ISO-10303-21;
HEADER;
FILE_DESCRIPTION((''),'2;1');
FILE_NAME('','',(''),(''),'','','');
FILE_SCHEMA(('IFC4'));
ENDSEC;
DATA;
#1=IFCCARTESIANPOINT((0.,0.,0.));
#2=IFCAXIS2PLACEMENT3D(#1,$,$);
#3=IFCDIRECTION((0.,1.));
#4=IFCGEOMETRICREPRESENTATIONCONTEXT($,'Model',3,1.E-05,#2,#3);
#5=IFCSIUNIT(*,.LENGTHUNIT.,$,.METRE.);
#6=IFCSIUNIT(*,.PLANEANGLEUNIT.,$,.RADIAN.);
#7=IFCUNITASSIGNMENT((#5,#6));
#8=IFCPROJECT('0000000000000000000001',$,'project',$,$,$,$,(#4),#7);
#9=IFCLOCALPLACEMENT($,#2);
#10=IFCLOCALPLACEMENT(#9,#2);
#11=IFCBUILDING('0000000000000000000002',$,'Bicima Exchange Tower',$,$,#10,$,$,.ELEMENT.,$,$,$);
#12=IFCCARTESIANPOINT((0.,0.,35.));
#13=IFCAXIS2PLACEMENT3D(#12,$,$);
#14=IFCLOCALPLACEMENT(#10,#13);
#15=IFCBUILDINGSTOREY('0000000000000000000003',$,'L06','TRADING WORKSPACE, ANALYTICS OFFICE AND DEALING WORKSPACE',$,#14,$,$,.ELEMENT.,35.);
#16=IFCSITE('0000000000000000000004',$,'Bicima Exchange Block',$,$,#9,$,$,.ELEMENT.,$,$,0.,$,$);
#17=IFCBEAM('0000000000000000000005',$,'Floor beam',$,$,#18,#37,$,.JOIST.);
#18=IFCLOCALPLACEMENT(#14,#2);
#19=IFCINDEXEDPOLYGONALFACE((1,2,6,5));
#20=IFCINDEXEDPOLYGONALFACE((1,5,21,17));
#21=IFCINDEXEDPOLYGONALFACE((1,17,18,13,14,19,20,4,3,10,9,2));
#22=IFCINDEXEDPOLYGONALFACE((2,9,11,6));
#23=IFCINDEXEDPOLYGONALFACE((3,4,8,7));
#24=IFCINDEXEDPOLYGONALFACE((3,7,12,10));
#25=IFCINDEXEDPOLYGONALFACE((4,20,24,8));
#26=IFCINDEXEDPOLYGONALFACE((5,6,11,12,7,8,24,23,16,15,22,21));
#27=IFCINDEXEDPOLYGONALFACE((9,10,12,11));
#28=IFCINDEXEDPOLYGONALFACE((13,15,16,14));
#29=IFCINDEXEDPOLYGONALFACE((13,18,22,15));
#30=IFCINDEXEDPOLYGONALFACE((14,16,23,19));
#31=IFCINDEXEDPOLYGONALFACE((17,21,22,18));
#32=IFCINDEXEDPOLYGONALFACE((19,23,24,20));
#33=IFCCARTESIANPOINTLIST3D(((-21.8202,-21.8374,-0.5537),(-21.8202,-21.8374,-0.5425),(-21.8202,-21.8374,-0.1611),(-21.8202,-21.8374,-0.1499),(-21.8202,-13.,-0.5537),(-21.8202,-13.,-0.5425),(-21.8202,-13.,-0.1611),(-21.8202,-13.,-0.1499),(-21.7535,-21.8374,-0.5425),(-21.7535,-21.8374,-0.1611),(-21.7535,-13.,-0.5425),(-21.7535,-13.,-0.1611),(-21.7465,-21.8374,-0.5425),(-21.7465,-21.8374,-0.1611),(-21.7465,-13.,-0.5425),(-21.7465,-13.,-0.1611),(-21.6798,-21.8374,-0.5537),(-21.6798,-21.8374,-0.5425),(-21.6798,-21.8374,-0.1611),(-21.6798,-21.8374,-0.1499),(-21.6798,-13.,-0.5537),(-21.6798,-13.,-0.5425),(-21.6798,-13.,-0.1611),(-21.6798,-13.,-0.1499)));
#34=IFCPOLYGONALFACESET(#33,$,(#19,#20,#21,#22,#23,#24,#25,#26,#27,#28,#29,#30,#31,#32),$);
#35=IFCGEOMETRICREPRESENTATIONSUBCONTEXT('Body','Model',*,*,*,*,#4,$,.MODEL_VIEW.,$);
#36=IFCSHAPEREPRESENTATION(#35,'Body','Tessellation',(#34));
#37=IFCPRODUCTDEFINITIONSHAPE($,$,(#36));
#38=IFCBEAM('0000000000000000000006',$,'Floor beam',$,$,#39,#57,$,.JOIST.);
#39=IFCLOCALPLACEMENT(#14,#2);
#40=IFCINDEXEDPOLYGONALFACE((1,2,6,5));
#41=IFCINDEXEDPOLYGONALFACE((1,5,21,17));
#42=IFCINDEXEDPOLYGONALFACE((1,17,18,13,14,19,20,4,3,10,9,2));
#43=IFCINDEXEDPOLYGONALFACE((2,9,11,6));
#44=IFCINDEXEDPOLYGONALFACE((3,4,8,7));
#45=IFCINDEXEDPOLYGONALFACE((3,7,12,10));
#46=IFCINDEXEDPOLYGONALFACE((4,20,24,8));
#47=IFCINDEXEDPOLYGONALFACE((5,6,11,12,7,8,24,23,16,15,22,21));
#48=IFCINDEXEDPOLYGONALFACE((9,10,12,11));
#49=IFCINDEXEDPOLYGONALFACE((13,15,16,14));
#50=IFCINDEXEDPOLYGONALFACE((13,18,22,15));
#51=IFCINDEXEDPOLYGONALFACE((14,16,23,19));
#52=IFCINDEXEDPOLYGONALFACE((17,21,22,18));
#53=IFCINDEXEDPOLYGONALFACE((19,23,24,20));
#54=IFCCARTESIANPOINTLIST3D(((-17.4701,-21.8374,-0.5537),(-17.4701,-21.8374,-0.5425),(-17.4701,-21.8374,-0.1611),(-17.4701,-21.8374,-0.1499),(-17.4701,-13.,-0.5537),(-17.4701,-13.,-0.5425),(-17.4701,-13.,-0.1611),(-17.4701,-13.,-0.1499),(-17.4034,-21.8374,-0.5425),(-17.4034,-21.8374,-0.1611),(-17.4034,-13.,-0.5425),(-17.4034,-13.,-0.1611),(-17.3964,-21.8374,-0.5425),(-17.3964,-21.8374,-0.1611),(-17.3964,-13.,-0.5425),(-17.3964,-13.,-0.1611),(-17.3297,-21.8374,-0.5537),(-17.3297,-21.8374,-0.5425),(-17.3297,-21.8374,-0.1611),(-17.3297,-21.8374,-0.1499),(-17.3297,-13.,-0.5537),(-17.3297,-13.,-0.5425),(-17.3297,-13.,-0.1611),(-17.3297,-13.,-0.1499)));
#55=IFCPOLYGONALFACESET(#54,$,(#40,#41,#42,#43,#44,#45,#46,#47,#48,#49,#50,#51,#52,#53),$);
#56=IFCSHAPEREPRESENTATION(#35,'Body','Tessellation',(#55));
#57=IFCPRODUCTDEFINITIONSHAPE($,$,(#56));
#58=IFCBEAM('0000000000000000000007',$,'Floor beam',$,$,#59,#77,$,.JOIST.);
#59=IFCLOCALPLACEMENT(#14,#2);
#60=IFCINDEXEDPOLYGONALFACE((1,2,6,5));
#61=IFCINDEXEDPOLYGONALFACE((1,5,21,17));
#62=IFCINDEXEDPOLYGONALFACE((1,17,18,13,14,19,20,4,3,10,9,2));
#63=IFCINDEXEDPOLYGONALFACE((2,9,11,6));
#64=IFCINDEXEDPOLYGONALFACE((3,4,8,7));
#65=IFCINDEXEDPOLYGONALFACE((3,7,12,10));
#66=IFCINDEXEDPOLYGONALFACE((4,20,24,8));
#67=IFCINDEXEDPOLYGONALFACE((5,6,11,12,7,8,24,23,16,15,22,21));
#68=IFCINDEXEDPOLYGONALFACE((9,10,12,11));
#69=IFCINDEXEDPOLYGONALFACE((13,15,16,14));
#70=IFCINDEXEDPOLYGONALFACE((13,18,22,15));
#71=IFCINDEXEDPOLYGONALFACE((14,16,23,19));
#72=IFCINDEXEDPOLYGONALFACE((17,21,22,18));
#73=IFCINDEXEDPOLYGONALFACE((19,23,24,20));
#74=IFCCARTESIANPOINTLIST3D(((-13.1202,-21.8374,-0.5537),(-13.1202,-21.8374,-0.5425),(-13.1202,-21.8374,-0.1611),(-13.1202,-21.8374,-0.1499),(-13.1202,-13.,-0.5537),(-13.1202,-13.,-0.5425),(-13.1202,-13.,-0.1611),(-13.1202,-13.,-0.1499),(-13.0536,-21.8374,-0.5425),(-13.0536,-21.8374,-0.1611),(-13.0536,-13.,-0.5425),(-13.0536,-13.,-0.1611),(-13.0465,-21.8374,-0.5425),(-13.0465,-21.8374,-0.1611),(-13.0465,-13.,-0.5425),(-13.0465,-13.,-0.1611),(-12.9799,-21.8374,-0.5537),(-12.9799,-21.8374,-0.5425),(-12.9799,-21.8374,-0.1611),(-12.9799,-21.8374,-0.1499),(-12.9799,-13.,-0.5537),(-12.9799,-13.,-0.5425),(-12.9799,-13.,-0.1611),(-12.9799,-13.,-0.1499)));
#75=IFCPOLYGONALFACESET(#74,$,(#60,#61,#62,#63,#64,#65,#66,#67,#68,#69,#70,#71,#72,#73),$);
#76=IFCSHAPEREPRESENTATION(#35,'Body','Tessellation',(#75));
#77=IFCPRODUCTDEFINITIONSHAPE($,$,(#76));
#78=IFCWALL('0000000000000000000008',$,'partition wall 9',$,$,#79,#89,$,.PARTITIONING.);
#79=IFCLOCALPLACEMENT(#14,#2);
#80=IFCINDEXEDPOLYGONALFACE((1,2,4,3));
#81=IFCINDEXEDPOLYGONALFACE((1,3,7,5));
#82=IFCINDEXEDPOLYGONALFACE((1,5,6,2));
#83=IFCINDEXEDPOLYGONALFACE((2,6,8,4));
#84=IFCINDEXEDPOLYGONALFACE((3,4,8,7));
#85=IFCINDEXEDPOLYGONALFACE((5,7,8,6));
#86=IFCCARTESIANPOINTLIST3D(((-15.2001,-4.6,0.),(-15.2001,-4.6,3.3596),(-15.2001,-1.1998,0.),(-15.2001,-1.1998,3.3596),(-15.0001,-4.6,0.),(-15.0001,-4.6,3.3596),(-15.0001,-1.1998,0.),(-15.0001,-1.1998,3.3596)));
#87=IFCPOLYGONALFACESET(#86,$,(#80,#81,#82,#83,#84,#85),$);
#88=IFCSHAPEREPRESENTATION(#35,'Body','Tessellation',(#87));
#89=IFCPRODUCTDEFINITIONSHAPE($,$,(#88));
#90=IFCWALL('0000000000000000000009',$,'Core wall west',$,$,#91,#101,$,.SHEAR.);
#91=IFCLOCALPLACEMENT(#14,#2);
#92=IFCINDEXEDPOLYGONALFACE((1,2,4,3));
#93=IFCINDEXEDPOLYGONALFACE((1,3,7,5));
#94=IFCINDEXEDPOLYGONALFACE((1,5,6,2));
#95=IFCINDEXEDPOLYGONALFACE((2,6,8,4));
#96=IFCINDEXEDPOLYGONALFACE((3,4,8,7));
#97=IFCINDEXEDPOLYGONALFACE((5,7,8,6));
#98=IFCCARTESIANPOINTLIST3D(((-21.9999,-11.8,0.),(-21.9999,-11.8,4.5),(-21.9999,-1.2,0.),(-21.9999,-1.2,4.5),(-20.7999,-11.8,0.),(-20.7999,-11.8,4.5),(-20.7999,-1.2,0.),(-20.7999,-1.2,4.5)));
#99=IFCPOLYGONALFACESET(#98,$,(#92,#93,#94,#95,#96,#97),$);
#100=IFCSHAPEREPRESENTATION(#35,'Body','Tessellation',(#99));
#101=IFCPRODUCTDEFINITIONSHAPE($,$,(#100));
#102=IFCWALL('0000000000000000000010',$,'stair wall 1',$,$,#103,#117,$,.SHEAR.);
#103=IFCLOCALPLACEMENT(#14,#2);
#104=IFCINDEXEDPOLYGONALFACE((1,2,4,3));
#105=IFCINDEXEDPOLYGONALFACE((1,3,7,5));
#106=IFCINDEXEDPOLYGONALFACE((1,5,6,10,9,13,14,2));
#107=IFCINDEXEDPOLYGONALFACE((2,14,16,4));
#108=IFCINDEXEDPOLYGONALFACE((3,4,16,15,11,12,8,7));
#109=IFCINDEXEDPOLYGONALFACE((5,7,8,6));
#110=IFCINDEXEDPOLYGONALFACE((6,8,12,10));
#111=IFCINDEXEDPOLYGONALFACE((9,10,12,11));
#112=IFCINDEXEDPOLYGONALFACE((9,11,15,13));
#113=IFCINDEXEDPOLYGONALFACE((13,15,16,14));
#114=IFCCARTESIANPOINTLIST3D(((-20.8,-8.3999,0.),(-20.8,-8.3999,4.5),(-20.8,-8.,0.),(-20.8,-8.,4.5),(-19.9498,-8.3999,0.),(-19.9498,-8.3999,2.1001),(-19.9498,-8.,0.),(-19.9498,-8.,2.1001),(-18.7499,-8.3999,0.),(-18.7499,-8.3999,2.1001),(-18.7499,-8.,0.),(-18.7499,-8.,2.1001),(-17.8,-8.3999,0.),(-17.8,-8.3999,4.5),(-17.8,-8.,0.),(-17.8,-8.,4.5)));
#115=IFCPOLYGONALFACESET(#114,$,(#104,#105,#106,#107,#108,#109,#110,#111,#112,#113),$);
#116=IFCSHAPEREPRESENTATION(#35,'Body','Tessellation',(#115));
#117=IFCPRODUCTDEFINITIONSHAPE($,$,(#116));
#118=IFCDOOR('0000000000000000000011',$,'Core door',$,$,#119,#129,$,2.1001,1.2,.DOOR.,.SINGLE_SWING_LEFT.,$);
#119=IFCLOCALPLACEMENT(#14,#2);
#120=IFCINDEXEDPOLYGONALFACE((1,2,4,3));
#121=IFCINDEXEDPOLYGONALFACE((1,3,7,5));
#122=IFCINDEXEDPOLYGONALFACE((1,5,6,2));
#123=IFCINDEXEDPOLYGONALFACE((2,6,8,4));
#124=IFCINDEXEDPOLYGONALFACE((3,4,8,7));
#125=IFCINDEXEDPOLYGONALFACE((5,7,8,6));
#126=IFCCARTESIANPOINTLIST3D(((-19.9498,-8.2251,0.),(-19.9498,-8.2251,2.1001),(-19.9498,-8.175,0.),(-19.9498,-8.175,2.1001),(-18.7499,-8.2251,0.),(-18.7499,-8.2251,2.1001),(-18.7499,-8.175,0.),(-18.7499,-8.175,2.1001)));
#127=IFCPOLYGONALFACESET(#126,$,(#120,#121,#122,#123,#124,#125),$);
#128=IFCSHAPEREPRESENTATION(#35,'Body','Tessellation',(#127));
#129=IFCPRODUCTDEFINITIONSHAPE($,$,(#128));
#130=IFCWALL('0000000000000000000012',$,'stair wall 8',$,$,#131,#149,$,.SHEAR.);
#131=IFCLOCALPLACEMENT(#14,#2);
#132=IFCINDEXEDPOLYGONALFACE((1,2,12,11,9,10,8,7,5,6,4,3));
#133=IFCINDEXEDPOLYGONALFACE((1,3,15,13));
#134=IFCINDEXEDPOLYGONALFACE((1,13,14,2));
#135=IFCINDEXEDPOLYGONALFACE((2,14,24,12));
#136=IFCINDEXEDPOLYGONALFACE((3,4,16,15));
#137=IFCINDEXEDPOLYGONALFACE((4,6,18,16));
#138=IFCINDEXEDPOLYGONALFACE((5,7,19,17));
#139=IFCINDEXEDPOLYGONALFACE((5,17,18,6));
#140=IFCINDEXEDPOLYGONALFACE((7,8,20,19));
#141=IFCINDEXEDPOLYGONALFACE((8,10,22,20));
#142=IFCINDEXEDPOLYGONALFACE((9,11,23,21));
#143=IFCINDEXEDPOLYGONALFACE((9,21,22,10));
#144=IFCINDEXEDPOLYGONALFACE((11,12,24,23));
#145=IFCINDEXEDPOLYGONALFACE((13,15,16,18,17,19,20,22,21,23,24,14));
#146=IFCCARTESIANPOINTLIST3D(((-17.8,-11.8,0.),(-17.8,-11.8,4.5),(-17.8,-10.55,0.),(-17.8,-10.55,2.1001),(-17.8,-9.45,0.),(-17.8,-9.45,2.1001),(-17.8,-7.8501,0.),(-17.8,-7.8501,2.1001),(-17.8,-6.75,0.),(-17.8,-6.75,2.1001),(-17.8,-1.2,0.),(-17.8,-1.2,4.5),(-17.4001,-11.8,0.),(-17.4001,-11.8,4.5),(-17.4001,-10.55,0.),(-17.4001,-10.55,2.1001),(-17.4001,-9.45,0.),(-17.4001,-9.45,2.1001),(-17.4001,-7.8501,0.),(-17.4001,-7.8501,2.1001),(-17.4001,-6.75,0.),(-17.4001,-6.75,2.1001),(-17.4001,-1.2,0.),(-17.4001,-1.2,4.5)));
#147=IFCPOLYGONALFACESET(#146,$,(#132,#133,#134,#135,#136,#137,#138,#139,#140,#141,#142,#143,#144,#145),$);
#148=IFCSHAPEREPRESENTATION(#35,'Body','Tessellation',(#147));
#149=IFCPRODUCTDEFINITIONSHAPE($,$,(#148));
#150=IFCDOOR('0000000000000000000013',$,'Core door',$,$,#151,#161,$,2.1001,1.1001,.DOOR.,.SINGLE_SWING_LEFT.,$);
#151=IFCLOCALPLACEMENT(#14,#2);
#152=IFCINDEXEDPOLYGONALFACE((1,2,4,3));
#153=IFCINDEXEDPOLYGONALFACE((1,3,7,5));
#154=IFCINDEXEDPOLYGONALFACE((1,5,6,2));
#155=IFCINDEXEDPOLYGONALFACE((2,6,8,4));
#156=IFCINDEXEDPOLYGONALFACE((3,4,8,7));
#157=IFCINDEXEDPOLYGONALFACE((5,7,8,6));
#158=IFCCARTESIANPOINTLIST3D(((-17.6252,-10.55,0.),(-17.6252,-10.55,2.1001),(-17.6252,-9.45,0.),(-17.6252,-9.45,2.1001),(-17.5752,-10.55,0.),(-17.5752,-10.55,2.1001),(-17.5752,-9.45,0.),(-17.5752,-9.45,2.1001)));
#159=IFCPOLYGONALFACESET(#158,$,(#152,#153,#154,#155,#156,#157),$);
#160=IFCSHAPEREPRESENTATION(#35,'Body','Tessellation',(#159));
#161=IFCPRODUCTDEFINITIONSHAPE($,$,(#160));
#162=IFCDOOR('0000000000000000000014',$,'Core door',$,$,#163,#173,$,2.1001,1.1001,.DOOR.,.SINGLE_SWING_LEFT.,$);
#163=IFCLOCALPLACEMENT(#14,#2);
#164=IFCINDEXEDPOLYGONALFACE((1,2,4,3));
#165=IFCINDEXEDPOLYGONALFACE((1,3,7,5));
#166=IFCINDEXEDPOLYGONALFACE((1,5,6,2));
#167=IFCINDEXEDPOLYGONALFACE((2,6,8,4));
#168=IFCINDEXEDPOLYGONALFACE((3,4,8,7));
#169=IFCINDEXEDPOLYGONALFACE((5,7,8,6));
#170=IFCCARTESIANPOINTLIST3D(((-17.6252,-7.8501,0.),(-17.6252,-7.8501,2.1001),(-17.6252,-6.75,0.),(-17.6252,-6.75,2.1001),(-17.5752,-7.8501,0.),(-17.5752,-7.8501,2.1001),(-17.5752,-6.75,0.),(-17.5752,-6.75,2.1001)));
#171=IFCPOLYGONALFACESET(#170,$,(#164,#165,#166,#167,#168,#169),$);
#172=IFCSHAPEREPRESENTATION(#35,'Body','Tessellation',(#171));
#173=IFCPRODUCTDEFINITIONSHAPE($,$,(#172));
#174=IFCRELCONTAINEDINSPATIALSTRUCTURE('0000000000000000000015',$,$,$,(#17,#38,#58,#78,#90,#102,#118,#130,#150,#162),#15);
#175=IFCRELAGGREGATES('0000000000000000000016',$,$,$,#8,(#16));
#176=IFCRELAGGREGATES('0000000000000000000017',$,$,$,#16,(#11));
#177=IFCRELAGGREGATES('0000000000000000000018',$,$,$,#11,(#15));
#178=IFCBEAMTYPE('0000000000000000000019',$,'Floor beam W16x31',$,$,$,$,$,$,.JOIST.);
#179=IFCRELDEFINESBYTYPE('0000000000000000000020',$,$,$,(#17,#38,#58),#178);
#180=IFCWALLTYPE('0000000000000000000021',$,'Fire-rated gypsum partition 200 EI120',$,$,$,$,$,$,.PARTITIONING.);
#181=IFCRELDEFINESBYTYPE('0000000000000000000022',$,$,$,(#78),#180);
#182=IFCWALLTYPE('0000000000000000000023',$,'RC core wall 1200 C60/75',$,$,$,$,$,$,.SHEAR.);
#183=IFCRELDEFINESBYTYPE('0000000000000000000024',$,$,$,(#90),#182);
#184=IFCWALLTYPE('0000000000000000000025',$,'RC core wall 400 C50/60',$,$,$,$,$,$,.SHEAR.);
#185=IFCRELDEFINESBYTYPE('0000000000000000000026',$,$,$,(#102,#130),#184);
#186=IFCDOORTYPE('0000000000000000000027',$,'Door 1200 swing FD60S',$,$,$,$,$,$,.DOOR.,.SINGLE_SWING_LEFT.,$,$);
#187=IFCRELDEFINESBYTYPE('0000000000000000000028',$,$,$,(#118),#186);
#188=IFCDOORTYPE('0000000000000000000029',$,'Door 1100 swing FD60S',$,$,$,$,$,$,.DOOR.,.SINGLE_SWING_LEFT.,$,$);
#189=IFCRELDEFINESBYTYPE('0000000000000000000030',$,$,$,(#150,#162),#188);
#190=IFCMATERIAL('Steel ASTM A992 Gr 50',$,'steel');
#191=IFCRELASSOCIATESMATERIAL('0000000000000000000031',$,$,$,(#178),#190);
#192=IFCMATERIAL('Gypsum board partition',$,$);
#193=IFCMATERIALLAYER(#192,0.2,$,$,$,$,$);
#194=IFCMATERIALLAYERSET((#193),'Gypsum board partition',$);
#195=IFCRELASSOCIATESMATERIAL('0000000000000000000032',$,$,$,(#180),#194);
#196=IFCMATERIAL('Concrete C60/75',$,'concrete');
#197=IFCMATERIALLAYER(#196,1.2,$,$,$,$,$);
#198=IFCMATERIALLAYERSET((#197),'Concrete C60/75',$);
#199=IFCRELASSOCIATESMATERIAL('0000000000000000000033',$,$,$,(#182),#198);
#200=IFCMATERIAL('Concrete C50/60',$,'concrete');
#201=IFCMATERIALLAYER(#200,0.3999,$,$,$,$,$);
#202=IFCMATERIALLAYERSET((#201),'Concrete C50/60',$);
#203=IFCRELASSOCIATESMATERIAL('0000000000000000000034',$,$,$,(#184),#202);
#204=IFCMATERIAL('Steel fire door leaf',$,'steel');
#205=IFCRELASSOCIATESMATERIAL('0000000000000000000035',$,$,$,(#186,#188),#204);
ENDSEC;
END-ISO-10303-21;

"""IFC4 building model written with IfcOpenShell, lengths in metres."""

from ifc_helpers import new_model, si_unit, direction, frame, frame_2d, origin, origin_2d, place, context, subcontext, project, spatial, rectangle, i_section, extrude, material, layer, layer_set, material_profile, profile_set, type_object, element, fill, save


model = new_model("IFC4")

# Units and contexts
model_context = context("Model", 3, precision=1e-05, world=origin(), true_north=direction((0.0, 1.0)))
body_context = subcontext(model_context, "Body", "Model", "MODEL_VIEW")
ifc_project = project(units=[si_unit("LENGTHUNIT", "METRE"), si_unit("PLANEANGLEUNIT", "RADIAN")], contexts=[model_context])

# Site, building, storey
site_placement = place(None, origin())
site = spatial("IfcSite", under=ifc_project, at=site_placement, Name="Bicima Exchange Block", CompositionType="ELEMENT", RefElevation=0.0)
building_placement = place(site_placement, origin())
building = spatial("IfcBuilding", under=site, at=building_placement, Name="Bicima Exchange Tower", CompositionType="ELEMENT")
storey_placement = place(building_placement, frame((0.0, 0.0, 35.0)))
storey = spatial("IfcBuildingStorey", under=building, at=storey_placement, Name="L06", Description="TRADING WORKSPACE, ANALYTICS OFFICE AND DEALING WORKSPACE", CompositionType="ELEMENT", Elevation=35.0)

# Beams
ifc_material_1 = material(Name="Steel ASTM A992 Gr 50", Category="steel")
ifc_material_profile = material_profile(ifc_material_1, i_section(OverallWidth=0.1404, OverallDepth=0.4038, WebThickness=0.0071, FlangeThickness=0.0112, at=origin_2d()))
ifc_profile_set = profile_set([ifc_material_profile], Name="Steel ASTM A992 Gr 50")
beam_type = type_object("IfcBeamType", Name="Floor beam W16x31", PredefinedType="JOIST", material=ifc_profile_set)
for number, where, z_axis, x_axis, name in (
    (1, (-21.75, -13.0, -0.3518), (0.0, -1.0, 0.0), (1.0, 0.0, 0.0), "Floor beam"),
    (2, (-17.3999, -13.0, -0.3518), (0.0, -1.0, 0.0), (1.0, 0.0, 0.0), "Floor beam"),
    (3, (-13.05, -13.0, -0.3518), (0.0, -1.0, 0.0), (1.0, 0.0, 0.0), "Floor beam"),
):
    element("IfcBeam", number, at=place(storey_placement, frame(where, z_axis=z_axis, x_axis=x_axis)), inside=storey, type_object=beam_type, Name=name, PredefinedType="JOIST", context=body_context, shape_type="SweptSolid", body=[
        extrude(i_section(OverallWidth=0.1404, OverallDepth=0.4038, WebThickness=0.0071, FlangeThickness=0.0112, at=origin_2d()), origin(), (0.0, 0.0, 1.0), 8.8374),
    ])

# Walls
ifc_material_2 = material(Name="Gypsum board partition")
ifc_layer_1 = layer(ifc_material_2, 0.2)
ifc_layer_set_1 = layer_set([ifc_layer_1], Name="Gypsum board partition")
wall_type_1 = type_object("IfcWallType", Name="Fire-rated gypsum partition 200 EI120", PredefinedType="PARTITIONING", material=ifc_layer_set_1)
wall_1_placement = place(storey_placement, frame((-15.1001, -4.6001, 0.0), z_axis=(0.0, 0.0, 1.0), x_axis=(0.0, 1.0, 0.0)))
element("IfcWall", 4, at=wall_1_placement, inside=storey, type_object=wall_type_1, Name="partition wall 9", PredefinedType="PARTITIONING", context=body_context, shape_type="SweptSolid", body=[
    extrude(rectangle(XDim=3.4001, YDim=0.2, at=frame_2d((1.7002, 0.0))), origin(), (0.0, 0.0, 1.0), 3.3596),
])
ifc_material_3 = material(Name="Concrete C60/75", Category="concrete")
ifc_layer_2 = layer(ifc_material_3, 1.2)
ifc_layer_set_2 = layer_set([ifc_layer_2], Name="Concrete C60/75")
wall_type_2 = type_object("IfcWallType", Name="RC core wall 1200 C60/75", PredefinedType="SHEAR", material=ifc_layer_set_2)
wall_2_placement = place(storey_placement, frame((-21.3999, -11.8, 0.0), z_axis=(0.0, 0.0, 1.0), x_axis=(0.0, 1.0, 0.0)))
element("IfcWall", 5, at=wall_2_placement, inside=storey, type_object=wall_type_2, Name="Core wall west", PredefinedType="SHEAR", context=body_context, shape_type="SweptSolid", body=[
    extrude(rectangle(XDim=10.6001, YDim=1.2, at=frame_2d((5.3, 0.0))), origin(), (0.0, 0.0, 1.0), 4.5),
])

# Wall, opening, door
ifc_material_4 = material(Name="Concrete C50/60", Category="concrete")
ifc_layer_3 = layer(ifc_material_4, 0.3999)
ifc_layer_set_3 = layer_set([ifc_layer_3], Name="Concrete C50/60")
wall_type_3 = type_object("IfcWallType", Name="RC core wall 400 C50/60", PredefinedType="SHEAR", material=ifc_layer_set_3)
wall_3_placement = place(storey_placement, frame((-20.8, -8.2, 0.0), z_axis=(0.0, 0.0, 1.0), x_axis=(1.0, 0.0, 0.0)))
wall_3 = element("IfcWall", 6, at=wall_3_placement, inside=storey, type_object=wall_type_3, Name="stair wall 1", PredefinedType="SHEAR", context=body_context, shape_type="SweptSolid", body=[
    extrude(rectangle(XDim=3.0, YDim=0.3999, at=frame_2d((1.5, 0.0))), origin(), (0.0, 0.0, 1.0), 4.5),
])
opening_1_placement = place(wall_3_placement, frame((0.8501, 0.0, 0.0)))
opening_1 = element("IfcOpeningElement", 7, at=opening_1_placement, cuts=wall_3, PredefinedType="OPENING", context=body_context, shape_type="SweptSolid", body=[
    extrude(rectangle(XDim=1.2, YDim=2.1001, at=frame_2d((0.6001, 1.05))), frame((0.0, 0.2119, 0.0), z_axis=(0.0, -1.0, 0.0), x_axis=(1.0, 0.0, 0.0)), (0.0, 0.0, 1.0), 0.4238),
])
ifc_material_5 = material(Name="Steel fire door leaf", Category="steel")
door_type_1 = type_object("IfcDoorType", Name="Door 1200 swing FD60S", OperationType="SINGLE_SWING_LEFT", PredefinedType="DOOR", material=ifc_material_5)
door_1_placement = place(opening_1_placement, origin())
door_1 = element("IfcDoor", 8, at=door_1_placement, inside=storey, type_object=door_type_1, Name="Core door", OperationType="SINGLE_SWING_LEFT", OverallHeight=2.1001, OverallWidth=1.2, PredefinedType="DOOR", context=body_context, shape_type="SweptSolid", body=[
    extrude(rectangle(XDim=1.2, YDim=2.1001, at=frame_2d((0.6001, 1.05))), frame((0.0, 0.0249, 0.0), z_axis=(0.0, -1.0, 0.0), x_axis=(1.0, 0.0, 0.0)), (0.0, 0.0, 1.0), 0.05),
])
fill(opening_1, door_1)

# Wall, openings, doors
wall_4_placement = place(storey_placement, frame((-17.6001, -11.8, 0.0), z_axis=(0.0, 0.0, 1.0), x_axis=(0.0, 1.0, 0.0)))
wall_4 = element("IfcWall", 9, at=wall_4_placement, inside=storey, type_object=wall_type_3, Name="stair wall 8", PredefinedType="SHEAR", context=body_context, shape_type="SweptSolid", body=[
    extrude(rectangle(XDim=10.6001, YDim=0.3999, at=frame_2d((5.3, 0.0))), origin(), (0.0, 0.0, 1.0), 4.5),
])
opening_2_placement = place(wall_4_placement, frame((1.25, 0.0, 0.0)))
opening_2 = element("IfcOpeningElement", 10, at=opening_2_placement, cuts=wall_4, PredefinedType="OPENING", context=body_context, shape_type="SweptSolid", body=[
    extrude(rectangle(XDim=1.1001, YDim=2.1001, at=frame_2d((0.55, 1.05))), frame((0.0, 0.2119, 0.0), z_axis=(0.0, -1.0, 0.0), x_axis=(1.0, 0.0, 0.0)), (0.0, 0.0, 1.0), 0.4238),
])
opening_3_placement = place(wall_4_placement, frame((3.95, 0.0, 0.0)))
opening_3 = element("IfcOpeningElement", 11, at=opening_3_placement, cuts=wall_4, PredefinedType="OPENING", context=body_context, shape_type="SweptSolid", body=[
    extrude(rectangle(XDim=1.1001, YDim=2.1001, at=frame_2d((0.55, 1.05))), frame((0.0, 0.2119, 0.0), z_axis=(0.0, -1.0, 0.0), x_axis=(1.0, 0.0, 0.0)), (0.0, 0.0, 1.0), 0.4238),
])
door_type_2 = type_object("IfcDoorType", Name="Door 1100 swing FD60S", OperationType="SINGLE_SWING_LEFT", PredefinedType="DOOR", material=ifc_material_5)
door_2_placement = place(opening_2_placement, frame((1.1001, 0.0, 0.0), z_axis=(0.0, 0.0, 1.0), x_axis=(-1.0, 0.0, 0.0)))
door_2 = element("IfcDoor", 12, at=door_2_placement, inside=storey, type_object=door_type_2, Name="Core door", OperationType="SINGLE_SWING_LEFT", OverallHeight=2.1001, OverallWidth=1.1001, PredefinedType="DOOR", context=body_context, shape_type="SweptSolid", body=[
    extrude(rectangle(XDim=1.1001, YDim=2.1001, at=frame_2d((0.55, 1.05))), frame((0.0, 0.0249, 0.0), z_axis=(0.0, -1.0, 0.0), x_axis=(1.0, 0.0, 0.0)), (0.0, 0.0, 1.0), 0.05),
])
fill(opening_2, door_2)
door_3_placement = place(opening_3_placement, frame((1.1001, 0.0, 0.0), z_axis=(0.0, 0.0, 1.0), x_axis=(-1.0, 0.0, 0.0)))
door_3 = element("IfcDoor", 13, at=door_3_placement, inside=storey, type_object=door_type_2, Name="Core door", OperationType="SINGLE_SWING_LEFT", OverallHeight=2.1001, OverallWidth=1.1001, PredefinedType="DOOR", context=body_context, shape_type="SweptSolid", body=[
    extrude(rectangle(XDim=1.1001, YDim=2.1001, at=frame_2d((0.55, 1.05))), frame((0.0, 0.0249, 0.0), z_axis=(0.0, -1.0, 0.0), x_axis=(1.0, 0.0, 0.0)), (0.0, 0.0, 1.0), 0.05),
])
fill(opening_3, door_3)

save(model, "model.ifc")
